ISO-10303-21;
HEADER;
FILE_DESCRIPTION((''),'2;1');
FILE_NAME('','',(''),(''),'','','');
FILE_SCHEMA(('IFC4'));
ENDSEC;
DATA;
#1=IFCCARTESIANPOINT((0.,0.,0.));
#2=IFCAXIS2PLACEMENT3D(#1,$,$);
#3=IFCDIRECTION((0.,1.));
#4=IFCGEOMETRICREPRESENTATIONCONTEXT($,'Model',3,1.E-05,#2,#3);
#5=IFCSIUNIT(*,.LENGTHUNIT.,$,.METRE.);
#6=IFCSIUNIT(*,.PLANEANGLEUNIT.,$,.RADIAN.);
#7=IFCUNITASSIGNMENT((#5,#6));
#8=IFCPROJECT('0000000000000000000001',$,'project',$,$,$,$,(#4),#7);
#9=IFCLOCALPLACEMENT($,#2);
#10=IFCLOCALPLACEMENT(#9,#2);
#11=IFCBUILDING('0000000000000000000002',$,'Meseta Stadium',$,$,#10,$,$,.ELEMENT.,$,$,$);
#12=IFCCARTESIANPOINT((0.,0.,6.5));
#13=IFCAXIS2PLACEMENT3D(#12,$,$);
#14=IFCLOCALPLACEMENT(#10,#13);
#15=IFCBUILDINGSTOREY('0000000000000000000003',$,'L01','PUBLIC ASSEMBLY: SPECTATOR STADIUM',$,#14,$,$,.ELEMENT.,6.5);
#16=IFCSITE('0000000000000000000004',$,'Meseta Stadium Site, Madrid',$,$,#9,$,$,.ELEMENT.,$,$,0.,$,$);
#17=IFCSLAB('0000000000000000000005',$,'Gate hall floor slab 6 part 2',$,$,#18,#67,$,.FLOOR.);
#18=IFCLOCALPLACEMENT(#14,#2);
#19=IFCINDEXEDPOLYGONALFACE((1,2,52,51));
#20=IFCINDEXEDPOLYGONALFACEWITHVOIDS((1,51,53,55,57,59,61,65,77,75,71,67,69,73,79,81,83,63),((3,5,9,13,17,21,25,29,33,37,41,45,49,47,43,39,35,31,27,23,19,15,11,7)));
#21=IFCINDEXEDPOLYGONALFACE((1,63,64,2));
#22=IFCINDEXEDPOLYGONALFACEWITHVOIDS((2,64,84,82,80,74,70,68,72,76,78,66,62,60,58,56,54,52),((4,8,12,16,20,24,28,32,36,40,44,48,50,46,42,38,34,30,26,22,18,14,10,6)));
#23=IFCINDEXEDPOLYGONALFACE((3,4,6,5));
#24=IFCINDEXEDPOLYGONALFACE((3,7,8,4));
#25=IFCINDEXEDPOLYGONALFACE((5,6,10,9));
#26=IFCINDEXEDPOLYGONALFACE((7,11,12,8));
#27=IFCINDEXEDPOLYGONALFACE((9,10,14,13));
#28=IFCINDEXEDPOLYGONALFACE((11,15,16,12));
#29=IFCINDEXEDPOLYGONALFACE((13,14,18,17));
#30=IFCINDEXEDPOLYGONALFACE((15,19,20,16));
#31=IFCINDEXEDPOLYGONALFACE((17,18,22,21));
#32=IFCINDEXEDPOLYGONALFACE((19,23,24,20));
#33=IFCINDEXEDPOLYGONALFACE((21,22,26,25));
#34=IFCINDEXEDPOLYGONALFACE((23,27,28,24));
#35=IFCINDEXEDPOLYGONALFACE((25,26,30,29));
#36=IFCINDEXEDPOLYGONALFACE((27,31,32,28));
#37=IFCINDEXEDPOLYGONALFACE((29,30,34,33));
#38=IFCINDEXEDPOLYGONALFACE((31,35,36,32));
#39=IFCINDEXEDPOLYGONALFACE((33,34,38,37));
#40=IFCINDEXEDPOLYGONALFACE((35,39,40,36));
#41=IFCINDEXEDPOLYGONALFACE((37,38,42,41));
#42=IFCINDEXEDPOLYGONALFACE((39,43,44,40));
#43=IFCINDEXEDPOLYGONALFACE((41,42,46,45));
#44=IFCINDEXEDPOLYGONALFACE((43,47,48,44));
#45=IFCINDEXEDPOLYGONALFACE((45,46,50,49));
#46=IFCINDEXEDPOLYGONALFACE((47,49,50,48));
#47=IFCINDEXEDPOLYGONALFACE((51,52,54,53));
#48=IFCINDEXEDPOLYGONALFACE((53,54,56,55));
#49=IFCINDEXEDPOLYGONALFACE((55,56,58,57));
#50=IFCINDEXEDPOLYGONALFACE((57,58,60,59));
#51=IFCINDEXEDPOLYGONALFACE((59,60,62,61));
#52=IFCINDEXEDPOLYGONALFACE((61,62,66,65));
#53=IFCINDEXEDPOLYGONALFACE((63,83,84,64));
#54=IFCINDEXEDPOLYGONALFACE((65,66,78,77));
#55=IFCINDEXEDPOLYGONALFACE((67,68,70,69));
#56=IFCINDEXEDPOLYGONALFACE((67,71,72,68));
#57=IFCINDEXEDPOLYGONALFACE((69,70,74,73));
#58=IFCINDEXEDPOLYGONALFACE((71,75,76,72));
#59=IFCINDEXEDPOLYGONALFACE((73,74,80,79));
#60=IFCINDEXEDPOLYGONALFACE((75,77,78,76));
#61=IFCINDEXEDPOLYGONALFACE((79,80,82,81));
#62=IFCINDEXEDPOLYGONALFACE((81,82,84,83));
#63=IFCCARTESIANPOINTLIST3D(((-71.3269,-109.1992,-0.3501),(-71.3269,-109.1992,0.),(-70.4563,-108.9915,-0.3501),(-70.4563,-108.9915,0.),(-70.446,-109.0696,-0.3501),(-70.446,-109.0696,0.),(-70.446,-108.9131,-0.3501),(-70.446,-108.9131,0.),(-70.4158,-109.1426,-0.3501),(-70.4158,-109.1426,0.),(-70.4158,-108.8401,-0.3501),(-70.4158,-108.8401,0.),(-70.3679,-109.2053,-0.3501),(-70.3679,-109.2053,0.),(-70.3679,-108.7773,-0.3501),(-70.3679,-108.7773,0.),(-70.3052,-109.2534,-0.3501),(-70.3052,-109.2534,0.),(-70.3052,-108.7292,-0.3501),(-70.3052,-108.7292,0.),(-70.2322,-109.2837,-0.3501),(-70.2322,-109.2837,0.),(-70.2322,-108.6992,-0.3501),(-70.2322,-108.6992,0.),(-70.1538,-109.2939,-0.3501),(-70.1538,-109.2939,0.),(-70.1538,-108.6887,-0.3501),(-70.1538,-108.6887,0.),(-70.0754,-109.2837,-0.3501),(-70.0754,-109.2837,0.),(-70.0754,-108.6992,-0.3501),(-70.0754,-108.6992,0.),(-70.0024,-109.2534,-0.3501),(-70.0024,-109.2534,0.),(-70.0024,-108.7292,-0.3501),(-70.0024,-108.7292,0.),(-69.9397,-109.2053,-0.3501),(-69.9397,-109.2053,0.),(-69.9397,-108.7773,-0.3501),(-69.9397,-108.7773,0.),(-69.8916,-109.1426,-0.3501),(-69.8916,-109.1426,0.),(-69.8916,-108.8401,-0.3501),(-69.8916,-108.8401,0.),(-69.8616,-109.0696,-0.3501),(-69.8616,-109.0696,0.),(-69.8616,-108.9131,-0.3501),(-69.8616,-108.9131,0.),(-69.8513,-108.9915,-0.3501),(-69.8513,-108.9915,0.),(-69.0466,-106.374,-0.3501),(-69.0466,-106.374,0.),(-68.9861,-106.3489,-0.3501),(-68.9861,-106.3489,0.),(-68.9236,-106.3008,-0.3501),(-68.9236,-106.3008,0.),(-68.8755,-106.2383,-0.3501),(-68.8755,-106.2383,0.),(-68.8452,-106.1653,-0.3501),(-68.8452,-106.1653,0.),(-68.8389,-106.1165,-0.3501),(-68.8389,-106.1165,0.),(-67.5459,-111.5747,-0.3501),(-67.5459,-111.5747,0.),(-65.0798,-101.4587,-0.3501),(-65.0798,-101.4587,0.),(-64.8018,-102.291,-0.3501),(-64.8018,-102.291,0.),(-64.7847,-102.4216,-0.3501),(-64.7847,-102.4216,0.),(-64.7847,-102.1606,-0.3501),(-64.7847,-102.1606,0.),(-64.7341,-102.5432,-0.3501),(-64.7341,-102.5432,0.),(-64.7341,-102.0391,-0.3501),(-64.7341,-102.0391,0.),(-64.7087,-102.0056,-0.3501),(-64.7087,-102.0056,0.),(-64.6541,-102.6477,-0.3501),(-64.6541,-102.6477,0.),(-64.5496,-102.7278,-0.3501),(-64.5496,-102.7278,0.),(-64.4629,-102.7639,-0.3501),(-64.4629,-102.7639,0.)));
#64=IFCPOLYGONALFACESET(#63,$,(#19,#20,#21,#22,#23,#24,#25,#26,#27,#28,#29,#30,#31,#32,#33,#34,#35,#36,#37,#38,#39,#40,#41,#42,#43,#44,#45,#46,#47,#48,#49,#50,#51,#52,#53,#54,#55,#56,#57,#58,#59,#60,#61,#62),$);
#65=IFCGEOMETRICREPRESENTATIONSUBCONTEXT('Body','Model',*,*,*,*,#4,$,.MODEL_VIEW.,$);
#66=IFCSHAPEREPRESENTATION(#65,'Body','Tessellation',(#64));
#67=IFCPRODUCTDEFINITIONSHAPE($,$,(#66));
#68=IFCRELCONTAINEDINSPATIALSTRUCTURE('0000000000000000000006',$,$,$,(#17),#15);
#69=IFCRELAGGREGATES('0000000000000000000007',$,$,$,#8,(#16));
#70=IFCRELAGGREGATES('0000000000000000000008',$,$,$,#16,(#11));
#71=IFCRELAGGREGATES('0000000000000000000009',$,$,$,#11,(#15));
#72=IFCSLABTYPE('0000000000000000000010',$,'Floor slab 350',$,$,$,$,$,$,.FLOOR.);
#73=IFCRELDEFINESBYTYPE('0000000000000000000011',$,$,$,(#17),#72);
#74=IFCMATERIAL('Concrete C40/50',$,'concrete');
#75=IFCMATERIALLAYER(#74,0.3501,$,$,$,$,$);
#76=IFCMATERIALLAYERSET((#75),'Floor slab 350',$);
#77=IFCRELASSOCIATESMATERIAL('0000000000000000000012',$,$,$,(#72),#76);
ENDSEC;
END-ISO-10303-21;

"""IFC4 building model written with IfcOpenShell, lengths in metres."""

from ifc_helpers import new_model, si_unit, direction, frame, origin, place, context, subcontext, project, spatial, polyline, outline, extrude, material, layer, layer_set, type_object, element, save


model = new_model("IFC4")

# Units and contexts
model_context = context("Model", 3, precision=1e-05, world=origin(), true_north=direction((0.0, 1.0)))
body_context = subcontext(model_context, "Body", "Model", "MODEL_VIEW")
ifc_project = project(units=[si_unit("LENGTHUNIT", "METRE"), si_unit("PLANEANGLEUNIT", "RADIAN")], contexts=[model_context])

# Site, building, storey
site_placement = place(None, origin())
site = spatial("IfcSite", under=ifc_project, at=site_placement, Name="Meseta Stadium Site, Madrid", CompositionType="ELEMENT", RefElevation=0.0)
building_placement = place(site_placement, origin())
building = spatial("IfcBuilding", under=site, at=building_placement, Name="Meseta Stadium", CompositionType="ELEMENT")
storey_placement = place(building_placement, frame((0.0, 0.0, 6.5)))
storey = spatial("IfcBuildingStorey", under=building, at=storey_placement, Name="L01", Description="PUBLIC ASSEMBLY: SPECTATOR STADIUM", CompositionType="ELEMENT", Elevation=6.5)

# Slab
ifc_material_1 = material(Name="Concrete C40/50", Category="concrete")
ifc_layer = layer(ifc_material_1, 0.3501)
ifc_layer_set = layer_set([ifc_layer], Name="Floor slab 350")
slab_type = type_object("IfcSlabType", Name="Floor slab 350", PredefinedType="FLOOR", material=ifc_layer_set)
slab_1_placement = place(storey_placement, frame((0.0, 0.0, -0.3501)))
element("IfcSlab", 1, at=slab_1_placement, inside=storey, type_object=slab_type, Name="Gate hall floor slab 6 part 2", PredefinedType="FLOOR", context=body_context, shape_type="SweptSolid", body=[
    extrude(outline(polyline([(-64.7087, -102.0056), (-65.0798, -101.4587), (-68.8389, -106.1165), (-68.8452, -106.1653), (-68.8755, -106.2383), (-68.9236, -106.3008), (-68.9861, -106.3489), (-69.0466, -106.374), (-71.3269, -109.1992), (-67.5459, -111.5747), (-64.4629, -102.7639), (-64.5496, -102.7278), (-64.6541, -102.6477), (-64.7341, -102.5432), (-64.7847, -102.4216), (-64.8018, -102.291), (-64.7847, -102.1606), (-64.7341, -102.0391), (-64.7087, -102.0056)]), holes=[polyline([(-69.9397, -109.2053), (-70.0024, -109.2534), (-70.0754, -109.2837), (-70.1538, -109.2939), (-70.2322, -109.2837), (-70.3052, -109.2534), (-70.3679, -109.2053), (-70.4158, -109.1426), (-70.446, -109.0696), (-70.4563, -108.9915), (-70.446, -108.9131), (-70.4158, -108.8401), (-70.3679, -108.7773), (-70.3052, -108.7292), (-70.2322, -108.6992), (-70.1538, -108.6887), (-70.0754, -108.6992), (-70.0024, -108.7292), (-69.9397, -108.7773), (-69.8916, -108.8401), (-69.8616, -108.9131), (-69.8513, -108.9915), (-69.8616, -109.0696), (-69.8916, -109.1426), (-69.9397, -109.2053)])]), origin(), (0.0, 0.0, 1.0), 0.3501),
])

save(model, "model.ifc")
